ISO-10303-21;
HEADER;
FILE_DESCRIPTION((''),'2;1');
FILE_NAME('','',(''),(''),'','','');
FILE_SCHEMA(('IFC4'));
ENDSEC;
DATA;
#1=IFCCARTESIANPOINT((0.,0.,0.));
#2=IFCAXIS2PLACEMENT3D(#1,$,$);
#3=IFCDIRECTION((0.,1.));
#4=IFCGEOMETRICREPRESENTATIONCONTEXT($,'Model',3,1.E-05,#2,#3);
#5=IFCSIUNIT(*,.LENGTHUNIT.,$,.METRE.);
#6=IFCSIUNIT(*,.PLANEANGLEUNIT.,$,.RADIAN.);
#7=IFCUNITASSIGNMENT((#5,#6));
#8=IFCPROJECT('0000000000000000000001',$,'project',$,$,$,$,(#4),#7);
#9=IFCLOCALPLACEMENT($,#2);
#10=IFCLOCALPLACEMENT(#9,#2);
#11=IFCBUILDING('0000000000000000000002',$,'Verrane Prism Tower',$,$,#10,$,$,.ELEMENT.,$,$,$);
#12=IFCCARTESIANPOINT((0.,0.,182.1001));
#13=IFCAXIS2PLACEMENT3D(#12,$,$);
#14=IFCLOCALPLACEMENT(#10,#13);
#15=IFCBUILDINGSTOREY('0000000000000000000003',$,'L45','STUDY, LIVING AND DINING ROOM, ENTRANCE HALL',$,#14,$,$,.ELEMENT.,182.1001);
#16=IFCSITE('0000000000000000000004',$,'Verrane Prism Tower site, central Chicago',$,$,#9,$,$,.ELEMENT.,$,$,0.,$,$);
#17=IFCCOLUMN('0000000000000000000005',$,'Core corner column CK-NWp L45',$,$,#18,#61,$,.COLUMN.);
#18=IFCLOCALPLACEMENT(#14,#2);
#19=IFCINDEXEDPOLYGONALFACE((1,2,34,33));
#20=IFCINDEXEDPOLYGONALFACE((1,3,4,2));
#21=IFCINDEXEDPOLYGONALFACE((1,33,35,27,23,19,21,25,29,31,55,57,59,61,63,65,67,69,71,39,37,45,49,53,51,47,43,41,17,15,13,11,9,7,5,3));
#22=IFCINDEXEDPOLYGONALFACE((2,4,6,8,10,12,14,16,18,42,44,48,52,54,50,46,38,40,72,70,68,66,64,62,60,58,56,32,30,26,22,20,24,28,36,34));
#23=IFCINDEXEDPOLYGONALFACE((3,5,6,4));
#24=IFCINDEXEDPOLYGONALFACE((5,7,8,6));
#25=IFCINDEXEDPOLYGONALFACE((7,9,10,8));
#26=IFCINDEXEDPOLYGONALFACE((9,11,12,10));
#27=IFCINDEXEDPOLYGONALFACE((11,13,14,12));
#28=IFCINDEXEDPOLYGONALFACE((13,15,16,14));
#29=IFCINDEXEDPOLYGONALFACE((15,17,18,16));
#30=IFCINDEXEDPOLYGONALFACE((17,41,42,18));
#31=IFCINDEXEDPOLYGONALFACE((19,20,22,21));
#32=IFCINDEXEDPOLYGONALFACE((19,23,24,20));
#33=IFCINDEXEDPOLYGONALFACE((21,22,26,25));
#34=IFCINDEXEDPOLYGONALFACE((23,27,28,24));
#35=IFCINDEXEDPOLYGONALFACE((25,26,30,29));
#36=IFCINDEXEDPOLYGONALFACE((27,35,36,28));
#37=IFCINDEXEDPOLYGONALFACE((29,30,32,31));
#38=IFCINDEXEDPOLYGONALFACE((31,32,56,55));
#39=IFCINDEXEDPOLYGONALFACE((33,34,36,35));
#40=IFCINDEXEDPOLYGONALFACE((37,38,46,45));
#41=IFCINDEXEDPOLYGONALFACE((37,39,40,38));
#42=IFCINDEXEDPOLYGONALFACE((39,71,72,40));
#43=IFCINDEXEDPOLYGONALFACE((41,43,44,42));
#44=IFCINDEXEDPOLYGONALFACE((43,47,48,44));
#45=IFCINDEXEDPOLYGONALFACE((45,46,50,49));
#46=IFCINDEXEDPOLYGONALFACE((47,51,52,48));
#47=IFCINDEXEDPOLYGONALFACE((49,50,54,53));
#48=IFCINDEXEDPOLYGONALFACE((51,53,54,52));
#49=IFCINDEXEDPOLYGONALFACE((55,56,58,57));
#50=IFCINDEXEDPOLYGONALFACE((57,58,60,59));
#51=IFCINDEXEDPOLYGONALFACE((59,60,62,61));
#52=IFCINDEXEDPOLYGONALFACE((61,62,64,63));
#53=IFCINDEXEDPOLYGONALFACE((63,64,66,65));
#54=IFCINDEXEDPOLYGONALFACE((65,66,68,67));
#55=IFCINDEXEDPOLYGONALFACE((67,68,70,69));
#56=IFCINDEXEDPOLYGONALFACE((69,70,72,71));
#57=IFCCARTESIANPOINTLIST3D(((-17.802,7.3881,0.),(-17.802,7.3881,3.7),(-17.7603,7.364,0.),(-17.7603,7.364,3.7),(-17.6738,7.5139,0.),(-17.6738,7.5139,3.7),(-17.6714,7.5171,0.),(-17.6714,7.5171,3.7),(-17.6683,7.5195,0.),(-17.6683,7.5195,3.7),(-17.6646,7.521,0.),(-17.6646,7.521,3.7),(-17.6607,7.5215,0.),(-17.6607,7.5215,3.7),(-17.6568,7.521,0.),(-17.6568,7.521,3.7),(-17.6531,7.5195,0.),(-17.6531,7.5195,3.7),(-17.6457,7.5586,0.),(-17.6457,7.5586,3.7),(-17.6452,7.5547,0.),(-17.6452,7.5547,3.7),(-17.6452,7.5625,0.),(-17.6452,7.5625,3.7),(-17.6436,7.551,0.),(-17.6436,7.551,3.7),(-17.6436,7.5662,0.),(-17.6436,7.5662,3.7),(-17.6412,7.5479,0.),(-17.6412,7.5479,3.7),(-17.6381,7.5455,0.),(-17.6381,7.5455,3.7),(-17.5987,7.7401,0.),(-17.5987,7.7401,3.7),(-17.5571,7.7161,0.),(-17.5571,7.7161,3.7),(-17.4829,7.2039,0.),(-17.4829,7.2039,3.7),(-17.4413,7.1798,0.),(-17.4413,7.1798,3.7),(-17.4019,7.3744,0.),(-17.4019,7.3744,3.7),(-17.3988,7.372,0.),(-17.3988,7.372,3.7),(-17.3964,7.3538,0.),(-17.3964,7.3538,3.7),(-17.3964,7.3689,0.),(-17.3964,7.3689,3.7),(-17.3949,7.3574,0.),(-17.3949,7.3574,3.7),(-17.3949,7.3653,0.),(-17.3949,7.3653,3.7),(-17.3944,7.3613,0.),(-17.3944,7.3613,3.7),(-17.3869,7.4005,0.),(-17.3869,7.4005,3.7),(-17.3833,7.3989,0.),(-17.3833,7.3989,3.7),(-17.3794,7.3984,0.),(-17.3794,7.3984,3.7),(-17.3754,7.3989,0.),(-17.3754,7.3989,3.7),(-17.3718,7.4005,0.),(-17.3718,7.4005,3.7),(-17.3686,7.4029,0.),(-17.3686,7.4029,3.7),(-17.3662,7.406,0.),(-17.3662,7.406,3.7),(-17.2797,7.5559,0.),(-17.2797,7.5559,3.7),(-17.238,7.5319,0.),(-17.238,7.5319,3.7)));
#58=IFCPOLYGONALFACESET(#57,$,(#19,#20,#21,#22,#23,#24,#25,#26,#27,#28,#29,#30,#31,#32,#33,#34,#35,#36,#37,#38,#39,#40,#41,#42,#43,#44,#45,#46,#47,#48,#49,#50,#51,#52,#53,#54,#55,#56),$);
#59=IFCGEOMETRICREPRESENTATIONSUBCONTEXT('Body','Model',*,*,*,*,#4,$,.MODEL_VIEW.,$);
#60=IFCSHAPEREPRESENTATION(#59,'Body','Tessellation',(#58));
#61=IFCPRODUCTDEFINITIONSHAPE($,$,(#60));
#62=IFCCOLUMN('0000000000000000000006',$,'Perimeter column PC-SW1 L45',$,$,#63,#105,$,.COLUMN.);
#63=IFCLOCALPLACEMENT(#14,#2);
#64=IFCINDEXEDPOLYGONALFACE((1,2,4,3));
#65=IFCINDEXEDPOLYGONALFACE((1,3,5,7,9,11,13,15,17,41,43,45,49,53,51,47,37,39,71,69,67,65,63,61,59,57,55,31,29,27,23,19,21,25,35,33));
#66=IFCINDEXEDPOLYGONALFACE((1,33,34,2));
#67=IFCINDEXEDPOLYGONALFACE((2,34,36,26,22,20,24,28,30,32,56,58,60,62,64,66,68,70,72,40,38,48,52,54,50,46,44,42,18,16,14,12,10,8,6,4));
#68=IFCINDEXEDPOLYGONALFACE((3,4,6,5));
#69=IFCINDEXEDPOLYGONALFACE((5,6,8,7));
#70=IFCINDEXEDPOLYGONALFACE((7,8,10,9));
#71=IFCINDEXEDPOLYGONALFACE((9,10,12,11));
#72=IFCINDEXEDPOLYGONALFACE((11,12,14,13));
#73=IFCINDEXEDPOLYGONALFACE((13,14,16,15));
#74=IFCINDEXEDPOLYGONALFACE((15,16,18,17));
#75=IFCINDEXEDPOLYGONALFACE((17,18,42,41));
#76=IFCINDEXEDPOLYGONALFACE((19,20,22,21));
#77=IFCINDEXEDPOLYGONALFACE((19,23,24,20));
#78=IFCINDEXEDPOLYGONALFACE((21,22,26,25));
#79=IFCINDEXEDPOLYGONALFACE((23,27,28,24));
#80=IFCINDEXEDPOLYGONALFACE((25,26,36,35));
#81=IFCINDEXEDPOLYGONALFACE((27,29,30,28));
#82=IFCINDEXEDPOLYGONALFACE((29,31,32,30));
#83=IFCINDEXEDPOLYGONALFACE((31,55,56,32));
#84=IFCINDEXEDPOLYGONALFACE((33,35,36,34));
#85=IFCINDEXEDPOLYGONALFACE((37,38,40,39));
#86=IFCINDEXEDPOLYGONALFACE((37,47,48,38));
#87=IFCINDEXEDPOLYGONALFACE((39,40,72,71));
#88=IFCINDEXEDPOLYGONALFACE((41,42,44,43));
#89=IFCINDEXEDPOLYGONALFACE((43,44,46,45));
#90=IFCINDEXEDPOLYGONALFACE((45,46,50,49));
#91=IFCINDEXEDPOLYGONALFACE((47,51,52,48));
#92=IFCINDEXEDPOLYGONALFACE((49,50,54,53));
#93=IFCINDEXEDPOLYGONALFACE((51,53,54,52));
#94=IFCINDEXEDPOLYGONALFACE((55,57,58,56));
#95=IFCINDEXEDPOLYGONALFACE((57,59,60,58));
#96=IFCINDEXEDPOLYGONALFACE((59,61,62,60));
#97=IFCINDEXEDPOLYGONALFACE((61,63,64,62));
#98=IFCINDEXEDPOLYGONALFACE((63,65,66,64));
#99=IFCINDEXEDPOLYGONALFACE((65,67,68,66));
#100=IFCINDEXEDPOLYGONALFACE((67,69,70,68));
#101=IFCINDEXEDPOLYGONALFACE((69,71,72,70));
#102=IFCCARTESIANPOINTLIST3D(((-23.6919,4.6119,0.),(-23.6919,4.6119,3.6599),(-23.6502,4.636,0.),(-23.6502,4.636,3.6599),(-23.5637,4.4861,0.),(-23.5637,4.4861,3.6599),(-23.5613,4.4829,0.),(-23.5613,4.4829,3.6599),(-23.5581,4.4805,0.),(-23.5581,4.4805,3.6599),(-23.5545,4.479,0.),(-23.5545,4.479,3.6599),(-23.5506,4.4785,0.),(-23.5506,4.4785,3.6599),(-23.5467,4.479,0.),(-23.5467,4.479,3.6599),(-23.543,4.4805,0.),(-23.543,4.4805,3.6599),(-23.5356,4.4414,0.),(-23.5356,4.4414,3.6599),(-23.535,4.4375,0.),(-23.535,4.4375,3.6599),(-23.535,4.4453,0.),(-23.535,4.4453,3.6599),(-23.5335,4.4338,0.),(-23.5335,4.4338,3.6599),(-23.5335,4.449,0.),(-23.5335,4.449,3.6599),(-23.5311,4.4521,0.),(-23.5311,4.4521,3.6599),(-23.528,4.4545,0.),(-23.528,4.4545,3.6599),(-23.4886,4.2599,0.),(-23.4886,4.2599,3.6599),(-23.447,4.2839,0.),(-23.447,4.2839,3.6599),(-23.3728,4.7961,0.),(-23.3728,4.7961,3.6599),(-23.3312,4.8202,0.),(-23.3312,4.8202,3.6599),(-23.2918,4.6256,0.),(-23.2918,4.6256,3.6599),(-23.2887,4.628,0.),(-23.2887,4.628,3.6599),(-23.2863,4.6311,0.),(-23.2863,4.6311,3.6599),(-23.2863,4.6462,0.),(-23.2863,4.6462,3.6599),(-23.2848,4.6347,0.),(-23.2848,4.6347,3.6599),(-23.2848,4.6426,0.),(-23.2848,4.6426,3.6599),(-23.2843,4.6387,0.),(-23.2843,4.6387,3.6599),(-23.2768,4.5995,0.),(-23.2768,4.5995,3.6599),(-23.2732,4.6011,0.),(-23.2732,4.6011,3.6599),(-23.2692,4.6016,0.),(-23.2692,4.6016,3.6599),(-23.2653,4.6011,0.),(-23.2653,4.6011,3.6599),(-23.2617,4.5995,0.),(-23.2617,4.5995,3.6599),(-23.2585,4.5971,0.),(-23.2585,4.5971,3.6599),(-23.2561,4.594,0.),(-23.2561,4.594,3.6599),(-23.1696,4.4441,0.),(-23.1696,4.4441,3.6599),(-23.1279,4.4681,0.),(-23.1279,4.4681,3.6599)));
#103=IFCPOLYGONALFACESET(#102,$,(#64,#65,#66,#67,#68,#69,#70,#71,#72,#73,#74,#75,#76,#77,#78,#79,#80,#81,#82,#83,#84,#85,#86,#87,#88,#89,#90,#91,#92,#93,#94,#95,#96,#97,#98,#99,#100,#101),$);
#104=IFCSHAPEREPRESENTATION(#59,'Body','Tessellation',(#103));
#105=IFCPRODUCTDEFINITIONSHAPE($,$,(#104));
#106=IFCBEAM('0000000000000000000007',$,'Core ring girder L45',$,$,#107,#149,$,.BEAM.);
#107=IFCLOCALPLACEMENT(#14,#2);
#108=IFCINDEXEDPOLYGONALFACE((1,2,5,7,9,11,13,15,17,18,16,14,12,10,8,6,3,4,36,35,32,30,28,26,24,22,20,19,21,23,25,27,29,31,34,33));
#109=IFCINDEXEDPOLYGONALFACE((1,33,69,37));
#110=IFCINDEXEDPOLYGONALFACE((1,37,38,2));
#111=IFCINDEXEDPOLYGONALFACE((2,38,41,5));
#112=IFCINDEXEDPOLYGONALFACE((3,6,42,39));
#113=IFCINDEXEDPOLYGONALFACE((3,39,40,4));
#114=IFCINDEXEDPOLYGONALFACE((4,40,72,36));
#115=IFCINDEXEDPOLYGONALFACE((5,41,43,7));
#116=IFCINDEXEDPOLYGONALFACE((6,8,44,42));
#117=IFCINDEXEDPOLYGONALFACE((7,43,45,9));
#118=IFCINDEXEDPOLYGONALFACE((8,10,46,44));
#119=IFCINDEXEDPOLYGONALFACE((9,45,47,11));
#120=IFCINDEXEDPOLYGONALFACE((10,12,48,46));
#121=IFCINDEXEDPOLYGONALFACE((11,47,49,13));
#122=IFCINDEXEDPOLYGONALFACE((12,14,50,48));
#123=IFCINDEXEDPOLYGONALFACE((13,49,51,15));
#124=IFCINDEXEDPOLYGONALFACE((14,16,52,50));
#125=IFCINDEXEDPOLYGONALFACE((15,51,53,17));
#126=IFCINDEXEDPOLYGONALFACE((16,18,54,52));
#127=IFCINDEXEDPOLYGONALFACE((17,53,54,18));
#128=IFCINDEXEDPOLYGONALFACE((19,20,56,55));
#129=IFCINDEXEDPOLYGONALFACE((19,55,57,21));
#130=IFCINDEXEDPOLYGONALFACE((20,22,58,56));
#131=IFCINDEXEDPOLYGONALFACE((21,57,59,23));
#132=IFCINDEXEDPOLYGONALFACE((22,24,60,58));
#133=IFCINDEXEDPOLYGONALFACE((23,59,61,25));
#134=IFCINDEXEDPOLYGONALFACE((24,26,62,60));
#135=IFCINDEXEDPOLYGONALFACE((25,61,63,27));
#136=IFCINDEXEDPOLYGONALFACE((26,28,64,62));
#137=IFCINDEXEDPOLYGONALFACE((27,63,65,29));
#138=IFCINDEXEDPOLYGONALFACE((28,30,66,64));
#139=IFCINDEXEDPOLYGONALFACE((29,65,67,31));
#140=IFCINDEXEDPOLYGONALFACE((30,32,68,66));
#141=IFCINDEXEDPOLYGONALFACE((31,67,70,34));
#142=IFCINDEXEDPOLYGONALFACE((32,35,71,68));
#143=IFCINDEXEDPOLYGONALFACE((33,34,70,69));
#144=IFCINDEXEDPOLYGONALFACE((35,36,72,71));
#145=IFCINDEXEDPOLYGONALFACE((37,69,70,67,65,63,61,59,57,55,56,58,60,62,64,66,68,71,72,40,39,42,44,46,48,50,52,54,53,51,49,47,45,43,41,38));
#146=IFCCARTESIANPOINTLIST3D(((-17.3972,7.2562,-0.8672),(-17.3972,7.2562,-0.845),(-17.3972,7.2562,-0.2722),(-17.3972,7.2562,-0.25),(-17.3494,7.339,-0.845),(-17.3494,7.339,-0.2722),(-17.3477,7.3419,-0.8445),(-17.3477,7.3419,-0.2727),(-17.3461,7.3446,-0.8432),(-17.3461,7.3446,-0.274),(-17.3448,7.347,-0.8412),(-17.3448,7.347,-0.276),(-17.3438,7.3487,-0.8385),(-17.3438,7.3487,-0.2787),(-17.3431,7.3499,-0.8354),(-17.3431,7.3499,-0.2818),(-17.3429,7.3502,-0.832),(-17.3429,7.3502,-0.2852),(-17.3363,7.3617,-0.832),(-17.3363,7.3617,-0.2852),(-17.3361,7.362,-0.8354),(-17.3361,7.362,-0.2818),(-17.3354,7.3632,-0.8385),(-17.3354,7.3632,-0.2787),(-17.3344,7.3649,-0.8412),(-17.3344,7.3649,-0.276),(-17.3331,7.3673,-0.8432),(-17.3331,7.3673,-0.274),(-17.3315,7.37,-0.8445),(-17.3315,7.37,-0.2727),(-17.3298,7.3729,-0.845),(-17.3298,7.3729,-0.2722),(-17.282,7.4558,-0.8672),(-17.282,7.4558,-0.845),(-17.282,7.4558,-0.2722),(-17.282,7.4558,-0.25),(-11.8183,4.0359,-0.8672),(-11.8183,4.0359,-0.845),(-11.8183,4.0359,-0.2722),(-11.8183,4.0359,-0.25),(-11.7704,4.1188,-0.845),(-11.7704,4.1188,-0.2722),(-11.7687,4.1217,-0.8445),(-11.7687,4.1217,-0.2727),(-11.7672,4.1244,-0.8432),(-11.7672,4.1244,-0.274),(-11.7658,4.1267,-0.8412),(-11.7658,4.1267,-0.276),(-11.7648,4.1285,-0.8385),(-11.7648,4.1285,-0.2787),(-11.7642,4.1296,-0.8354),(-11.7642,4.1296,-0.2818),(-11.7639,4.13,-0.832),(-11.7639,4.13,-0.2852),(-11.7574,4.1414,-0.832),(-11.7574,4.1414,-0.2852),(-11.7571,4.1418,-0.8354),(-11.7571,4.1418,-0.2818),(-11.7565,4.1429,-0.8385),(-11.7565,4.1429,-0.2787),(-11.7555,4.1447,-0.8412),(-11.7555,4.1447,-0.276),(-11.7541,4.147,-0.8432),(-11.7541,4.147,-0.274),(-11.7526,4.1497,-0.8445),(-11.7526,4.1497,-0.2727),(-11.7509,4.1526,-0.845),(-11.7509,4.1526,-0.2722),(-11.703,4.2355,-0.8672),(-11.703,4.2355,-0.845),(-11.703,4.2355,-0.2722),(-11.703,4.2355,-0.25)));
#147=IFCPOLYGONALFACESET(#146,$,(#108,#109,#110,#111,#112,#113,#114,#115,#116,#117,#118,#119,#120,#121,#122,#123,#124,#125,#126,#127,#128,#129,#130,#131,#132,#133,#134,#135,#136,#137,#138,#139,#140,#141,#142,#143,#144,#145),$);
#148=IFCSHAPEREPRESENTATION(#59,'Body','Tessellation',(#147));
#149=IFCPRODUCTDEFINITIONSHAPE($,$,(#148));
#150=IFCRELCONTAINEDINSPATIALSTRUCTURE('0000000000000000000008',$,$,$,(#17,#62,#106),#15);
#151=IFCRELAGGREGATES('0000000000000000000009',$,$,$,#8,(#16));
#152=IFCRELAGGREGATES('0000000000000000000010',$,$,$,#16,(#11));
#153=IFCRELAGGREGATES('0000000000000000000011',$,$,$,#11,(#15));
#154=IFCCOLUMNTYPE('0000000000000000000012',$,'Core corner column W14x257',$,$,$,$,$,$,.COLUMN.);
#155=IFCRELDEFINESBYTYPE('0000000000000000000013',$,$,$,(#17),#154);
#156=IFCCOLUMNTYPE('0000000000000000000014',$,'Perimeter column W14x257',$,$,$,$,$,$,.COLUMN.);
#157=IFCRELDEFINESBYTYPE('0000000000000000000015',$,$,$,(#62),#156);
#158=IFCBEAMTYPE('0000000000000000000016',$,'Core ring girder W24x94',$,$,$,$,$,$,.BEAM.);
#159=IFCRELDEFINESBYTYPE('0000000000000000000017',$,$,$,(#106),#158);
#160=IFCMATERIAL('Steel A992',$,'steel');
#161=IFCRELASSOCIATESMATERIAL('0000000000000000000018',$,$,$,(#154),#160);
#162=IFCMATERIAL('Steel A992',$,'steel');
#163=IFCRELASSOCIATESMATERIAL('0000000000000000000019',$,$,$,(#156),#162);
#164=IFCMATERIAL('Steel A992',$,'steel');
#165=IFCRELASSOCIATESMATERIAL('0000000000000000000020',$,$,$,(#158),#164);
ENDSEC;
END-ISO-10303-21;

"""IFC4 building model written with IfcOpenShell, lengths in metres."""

from ifc_helpers import new_model, si_unit, direction, frame, origin, origin_2d, place, context, subcontext, project, spatial, i_section, extrude, material, material_profile, profile_set, type_object, element, save


model = new_model("IFC4")

# Units and contexts
model_context = context("Model", 3, precision=1e-05, world=origin(), true_north=direction((0.0, 1.0)))
body_context = subcontext(model_context, "Body", "Model", "MODEL_VIEW")
ifc_project = project(units=[si_unit("LENGTHUNIT", "METRE"), si_unit("PLANEANGLEUNIT", "RADIAN")], contexts=[model_context])

# Site, building, storey
site_placement = place(None, origin())
site = spatial("IfcSite", under=ifc_project, at=site_placement, Name="Verrane Prism Tower site, central Chicago", CompositionType="ELEMENT", RefElevation=0.0)
building_placement = place(site_placement, origin())
building = spatial("IfcBuilding", under=site, at=building_placement, Name="Verrane Prism Tower", CompositionType="ELEMENT")
storey_placement = place(building_placement, frame((0.0, 0.0, 182.1001)))
storey = spatial("IfcBuildingStorey", under=building, at=storey_placement, Name="L45", Description="STUDY, LIVING AND DINING ROOM, ENTRANCE HALL", CompositionType="ELEMENT", Elevation=182.1001)

# Columns
ifc_material_1 = material(Name="Steel A992", Category="steel")
ifc_material_profile_1 = material_profile(ifc_material_1, i_section(OverallWidth=0.4065, OverallDepth=0.4165, WebThickness=0.03, FlangeThickness=0.0481, FilletRadius=0.0151, at=origin_2d()), Name="W14x257")
ifc_profile_set_1 = profile_set([ifc_material_profile_1], Name="Steel A992")
column_type_1 = type_object("IfcColumnType", Name="Core corner column W14x257", PredefinedType="COLUMN", material=ifc_profile_set_1)
column_1_placement = place(storey_placement, frame((-17.52, 7.46, 0.0), z_axis=(0.0, 0.0, 1.0), x_axis=(0.5, 0.866025, 0.0)))
element("IfcColumn", 1, at=column_1_placement, inside=storey, type_object=column_type_1, Name="Core corner column CK-NWp L45", PredefinedType="COLUMN", context=body_context, shape_type="SweptSolid", body=[
    extrude(i_section(OverallWidth=0.4065, OverallDepth=0.4165, WebThickness=0.03, FlangeThickness=0.0481, FilletRadius=0.0151, at=origin_2d()), origin(), (0.0, 0.0, 1.0), 3.7),
])
ifc_material_2 = material(Name="Steel A992", Category="steel")
ifc_material_profile_2 = material_profile(ifc_material_2, i_section(OverallWidth=0.4065, OverallDepth=0.4165, WebThickness=0.03, FlangeThickness=0.0481, FilletRadius=0.0151, at=origin_2d()), Name="W14x257")
ifc_profile_set_2 = profile_set([ifc_material_profile_2], Name="Steel A992")
column_type_2 = type_object("IfcColumnType", Name="Perimeter column W14x257", PredefinedType="COLUMN", material=ifc_profile_set_2)
column_2_placement = place(storey_placement, frame((-23.4099, 4.54, 0.0), z_axis=(0.0, 0.0, 1.0), x_axis=(-0.5, 0.866025, 0.0)))
element("IfcColumn", 2, at=column_2_placement, inside=storey, type_object=column_type_2, Name="Perimeter column PC-SW1 L45", PredefinedType="COLUMN", context=body_context, shape_type="SweptSolid", body=[
    extrude(i_section(OverallWidth=0.4065, OverallDepth=0.4165, WebThickness=0.03, FlangeThickness=0.0481, FilletRadius=0.0151, at=origin_2d()), origin(), (0.0, 0.0, 1.0), 3.6599),
])

# Beam
ifc_material_3 = material(Name="Steel A992", Category="steel")
ifc_material_profile_3 = material_profile(ifc_material_3, i_section(OverallWidth=0.2305, OverallDepth=0.6172, WebThickness=0.0132, FlangeThickness=0.0222, FilletRadius=0.0129, at=origin_2d()), Name="W24x94")
ifc_profile_set_3 = profile_set([ifc_material_profile_3], Name="Steel A992")
beam_type_1 = type_object("IfcBeamType", Name="Core ring girder W24x94", PredefinedType="BEAM", material=ifc_profile_set_3)
beam_1_placement = place(storey_placement, frame((-17.3396, 7.356, -0.5586), z_axis=(0.866075, -0.499914, 0.0), x_axis=(0.499914, 0.866075, 0.0)))
element("IfcBeam", 3, at=beam_1_placement, inside=storey, type_object=beam_type_1, Name="Core ring girder L45", PredefinedType="BEAM", context=body_context, shape_type="SweptSolid", body=[
    extrude(i_section(OverallWidth=0.2305, OverallDepth=0.6172, WebThickness=0.0132, FlangeThickness=0.0222, FilletRadius=0.0129, at=origin_2d()), origin(), (0.0, 0.0, 1.0), 6.4417),
])

save(model, "model.ifc")
